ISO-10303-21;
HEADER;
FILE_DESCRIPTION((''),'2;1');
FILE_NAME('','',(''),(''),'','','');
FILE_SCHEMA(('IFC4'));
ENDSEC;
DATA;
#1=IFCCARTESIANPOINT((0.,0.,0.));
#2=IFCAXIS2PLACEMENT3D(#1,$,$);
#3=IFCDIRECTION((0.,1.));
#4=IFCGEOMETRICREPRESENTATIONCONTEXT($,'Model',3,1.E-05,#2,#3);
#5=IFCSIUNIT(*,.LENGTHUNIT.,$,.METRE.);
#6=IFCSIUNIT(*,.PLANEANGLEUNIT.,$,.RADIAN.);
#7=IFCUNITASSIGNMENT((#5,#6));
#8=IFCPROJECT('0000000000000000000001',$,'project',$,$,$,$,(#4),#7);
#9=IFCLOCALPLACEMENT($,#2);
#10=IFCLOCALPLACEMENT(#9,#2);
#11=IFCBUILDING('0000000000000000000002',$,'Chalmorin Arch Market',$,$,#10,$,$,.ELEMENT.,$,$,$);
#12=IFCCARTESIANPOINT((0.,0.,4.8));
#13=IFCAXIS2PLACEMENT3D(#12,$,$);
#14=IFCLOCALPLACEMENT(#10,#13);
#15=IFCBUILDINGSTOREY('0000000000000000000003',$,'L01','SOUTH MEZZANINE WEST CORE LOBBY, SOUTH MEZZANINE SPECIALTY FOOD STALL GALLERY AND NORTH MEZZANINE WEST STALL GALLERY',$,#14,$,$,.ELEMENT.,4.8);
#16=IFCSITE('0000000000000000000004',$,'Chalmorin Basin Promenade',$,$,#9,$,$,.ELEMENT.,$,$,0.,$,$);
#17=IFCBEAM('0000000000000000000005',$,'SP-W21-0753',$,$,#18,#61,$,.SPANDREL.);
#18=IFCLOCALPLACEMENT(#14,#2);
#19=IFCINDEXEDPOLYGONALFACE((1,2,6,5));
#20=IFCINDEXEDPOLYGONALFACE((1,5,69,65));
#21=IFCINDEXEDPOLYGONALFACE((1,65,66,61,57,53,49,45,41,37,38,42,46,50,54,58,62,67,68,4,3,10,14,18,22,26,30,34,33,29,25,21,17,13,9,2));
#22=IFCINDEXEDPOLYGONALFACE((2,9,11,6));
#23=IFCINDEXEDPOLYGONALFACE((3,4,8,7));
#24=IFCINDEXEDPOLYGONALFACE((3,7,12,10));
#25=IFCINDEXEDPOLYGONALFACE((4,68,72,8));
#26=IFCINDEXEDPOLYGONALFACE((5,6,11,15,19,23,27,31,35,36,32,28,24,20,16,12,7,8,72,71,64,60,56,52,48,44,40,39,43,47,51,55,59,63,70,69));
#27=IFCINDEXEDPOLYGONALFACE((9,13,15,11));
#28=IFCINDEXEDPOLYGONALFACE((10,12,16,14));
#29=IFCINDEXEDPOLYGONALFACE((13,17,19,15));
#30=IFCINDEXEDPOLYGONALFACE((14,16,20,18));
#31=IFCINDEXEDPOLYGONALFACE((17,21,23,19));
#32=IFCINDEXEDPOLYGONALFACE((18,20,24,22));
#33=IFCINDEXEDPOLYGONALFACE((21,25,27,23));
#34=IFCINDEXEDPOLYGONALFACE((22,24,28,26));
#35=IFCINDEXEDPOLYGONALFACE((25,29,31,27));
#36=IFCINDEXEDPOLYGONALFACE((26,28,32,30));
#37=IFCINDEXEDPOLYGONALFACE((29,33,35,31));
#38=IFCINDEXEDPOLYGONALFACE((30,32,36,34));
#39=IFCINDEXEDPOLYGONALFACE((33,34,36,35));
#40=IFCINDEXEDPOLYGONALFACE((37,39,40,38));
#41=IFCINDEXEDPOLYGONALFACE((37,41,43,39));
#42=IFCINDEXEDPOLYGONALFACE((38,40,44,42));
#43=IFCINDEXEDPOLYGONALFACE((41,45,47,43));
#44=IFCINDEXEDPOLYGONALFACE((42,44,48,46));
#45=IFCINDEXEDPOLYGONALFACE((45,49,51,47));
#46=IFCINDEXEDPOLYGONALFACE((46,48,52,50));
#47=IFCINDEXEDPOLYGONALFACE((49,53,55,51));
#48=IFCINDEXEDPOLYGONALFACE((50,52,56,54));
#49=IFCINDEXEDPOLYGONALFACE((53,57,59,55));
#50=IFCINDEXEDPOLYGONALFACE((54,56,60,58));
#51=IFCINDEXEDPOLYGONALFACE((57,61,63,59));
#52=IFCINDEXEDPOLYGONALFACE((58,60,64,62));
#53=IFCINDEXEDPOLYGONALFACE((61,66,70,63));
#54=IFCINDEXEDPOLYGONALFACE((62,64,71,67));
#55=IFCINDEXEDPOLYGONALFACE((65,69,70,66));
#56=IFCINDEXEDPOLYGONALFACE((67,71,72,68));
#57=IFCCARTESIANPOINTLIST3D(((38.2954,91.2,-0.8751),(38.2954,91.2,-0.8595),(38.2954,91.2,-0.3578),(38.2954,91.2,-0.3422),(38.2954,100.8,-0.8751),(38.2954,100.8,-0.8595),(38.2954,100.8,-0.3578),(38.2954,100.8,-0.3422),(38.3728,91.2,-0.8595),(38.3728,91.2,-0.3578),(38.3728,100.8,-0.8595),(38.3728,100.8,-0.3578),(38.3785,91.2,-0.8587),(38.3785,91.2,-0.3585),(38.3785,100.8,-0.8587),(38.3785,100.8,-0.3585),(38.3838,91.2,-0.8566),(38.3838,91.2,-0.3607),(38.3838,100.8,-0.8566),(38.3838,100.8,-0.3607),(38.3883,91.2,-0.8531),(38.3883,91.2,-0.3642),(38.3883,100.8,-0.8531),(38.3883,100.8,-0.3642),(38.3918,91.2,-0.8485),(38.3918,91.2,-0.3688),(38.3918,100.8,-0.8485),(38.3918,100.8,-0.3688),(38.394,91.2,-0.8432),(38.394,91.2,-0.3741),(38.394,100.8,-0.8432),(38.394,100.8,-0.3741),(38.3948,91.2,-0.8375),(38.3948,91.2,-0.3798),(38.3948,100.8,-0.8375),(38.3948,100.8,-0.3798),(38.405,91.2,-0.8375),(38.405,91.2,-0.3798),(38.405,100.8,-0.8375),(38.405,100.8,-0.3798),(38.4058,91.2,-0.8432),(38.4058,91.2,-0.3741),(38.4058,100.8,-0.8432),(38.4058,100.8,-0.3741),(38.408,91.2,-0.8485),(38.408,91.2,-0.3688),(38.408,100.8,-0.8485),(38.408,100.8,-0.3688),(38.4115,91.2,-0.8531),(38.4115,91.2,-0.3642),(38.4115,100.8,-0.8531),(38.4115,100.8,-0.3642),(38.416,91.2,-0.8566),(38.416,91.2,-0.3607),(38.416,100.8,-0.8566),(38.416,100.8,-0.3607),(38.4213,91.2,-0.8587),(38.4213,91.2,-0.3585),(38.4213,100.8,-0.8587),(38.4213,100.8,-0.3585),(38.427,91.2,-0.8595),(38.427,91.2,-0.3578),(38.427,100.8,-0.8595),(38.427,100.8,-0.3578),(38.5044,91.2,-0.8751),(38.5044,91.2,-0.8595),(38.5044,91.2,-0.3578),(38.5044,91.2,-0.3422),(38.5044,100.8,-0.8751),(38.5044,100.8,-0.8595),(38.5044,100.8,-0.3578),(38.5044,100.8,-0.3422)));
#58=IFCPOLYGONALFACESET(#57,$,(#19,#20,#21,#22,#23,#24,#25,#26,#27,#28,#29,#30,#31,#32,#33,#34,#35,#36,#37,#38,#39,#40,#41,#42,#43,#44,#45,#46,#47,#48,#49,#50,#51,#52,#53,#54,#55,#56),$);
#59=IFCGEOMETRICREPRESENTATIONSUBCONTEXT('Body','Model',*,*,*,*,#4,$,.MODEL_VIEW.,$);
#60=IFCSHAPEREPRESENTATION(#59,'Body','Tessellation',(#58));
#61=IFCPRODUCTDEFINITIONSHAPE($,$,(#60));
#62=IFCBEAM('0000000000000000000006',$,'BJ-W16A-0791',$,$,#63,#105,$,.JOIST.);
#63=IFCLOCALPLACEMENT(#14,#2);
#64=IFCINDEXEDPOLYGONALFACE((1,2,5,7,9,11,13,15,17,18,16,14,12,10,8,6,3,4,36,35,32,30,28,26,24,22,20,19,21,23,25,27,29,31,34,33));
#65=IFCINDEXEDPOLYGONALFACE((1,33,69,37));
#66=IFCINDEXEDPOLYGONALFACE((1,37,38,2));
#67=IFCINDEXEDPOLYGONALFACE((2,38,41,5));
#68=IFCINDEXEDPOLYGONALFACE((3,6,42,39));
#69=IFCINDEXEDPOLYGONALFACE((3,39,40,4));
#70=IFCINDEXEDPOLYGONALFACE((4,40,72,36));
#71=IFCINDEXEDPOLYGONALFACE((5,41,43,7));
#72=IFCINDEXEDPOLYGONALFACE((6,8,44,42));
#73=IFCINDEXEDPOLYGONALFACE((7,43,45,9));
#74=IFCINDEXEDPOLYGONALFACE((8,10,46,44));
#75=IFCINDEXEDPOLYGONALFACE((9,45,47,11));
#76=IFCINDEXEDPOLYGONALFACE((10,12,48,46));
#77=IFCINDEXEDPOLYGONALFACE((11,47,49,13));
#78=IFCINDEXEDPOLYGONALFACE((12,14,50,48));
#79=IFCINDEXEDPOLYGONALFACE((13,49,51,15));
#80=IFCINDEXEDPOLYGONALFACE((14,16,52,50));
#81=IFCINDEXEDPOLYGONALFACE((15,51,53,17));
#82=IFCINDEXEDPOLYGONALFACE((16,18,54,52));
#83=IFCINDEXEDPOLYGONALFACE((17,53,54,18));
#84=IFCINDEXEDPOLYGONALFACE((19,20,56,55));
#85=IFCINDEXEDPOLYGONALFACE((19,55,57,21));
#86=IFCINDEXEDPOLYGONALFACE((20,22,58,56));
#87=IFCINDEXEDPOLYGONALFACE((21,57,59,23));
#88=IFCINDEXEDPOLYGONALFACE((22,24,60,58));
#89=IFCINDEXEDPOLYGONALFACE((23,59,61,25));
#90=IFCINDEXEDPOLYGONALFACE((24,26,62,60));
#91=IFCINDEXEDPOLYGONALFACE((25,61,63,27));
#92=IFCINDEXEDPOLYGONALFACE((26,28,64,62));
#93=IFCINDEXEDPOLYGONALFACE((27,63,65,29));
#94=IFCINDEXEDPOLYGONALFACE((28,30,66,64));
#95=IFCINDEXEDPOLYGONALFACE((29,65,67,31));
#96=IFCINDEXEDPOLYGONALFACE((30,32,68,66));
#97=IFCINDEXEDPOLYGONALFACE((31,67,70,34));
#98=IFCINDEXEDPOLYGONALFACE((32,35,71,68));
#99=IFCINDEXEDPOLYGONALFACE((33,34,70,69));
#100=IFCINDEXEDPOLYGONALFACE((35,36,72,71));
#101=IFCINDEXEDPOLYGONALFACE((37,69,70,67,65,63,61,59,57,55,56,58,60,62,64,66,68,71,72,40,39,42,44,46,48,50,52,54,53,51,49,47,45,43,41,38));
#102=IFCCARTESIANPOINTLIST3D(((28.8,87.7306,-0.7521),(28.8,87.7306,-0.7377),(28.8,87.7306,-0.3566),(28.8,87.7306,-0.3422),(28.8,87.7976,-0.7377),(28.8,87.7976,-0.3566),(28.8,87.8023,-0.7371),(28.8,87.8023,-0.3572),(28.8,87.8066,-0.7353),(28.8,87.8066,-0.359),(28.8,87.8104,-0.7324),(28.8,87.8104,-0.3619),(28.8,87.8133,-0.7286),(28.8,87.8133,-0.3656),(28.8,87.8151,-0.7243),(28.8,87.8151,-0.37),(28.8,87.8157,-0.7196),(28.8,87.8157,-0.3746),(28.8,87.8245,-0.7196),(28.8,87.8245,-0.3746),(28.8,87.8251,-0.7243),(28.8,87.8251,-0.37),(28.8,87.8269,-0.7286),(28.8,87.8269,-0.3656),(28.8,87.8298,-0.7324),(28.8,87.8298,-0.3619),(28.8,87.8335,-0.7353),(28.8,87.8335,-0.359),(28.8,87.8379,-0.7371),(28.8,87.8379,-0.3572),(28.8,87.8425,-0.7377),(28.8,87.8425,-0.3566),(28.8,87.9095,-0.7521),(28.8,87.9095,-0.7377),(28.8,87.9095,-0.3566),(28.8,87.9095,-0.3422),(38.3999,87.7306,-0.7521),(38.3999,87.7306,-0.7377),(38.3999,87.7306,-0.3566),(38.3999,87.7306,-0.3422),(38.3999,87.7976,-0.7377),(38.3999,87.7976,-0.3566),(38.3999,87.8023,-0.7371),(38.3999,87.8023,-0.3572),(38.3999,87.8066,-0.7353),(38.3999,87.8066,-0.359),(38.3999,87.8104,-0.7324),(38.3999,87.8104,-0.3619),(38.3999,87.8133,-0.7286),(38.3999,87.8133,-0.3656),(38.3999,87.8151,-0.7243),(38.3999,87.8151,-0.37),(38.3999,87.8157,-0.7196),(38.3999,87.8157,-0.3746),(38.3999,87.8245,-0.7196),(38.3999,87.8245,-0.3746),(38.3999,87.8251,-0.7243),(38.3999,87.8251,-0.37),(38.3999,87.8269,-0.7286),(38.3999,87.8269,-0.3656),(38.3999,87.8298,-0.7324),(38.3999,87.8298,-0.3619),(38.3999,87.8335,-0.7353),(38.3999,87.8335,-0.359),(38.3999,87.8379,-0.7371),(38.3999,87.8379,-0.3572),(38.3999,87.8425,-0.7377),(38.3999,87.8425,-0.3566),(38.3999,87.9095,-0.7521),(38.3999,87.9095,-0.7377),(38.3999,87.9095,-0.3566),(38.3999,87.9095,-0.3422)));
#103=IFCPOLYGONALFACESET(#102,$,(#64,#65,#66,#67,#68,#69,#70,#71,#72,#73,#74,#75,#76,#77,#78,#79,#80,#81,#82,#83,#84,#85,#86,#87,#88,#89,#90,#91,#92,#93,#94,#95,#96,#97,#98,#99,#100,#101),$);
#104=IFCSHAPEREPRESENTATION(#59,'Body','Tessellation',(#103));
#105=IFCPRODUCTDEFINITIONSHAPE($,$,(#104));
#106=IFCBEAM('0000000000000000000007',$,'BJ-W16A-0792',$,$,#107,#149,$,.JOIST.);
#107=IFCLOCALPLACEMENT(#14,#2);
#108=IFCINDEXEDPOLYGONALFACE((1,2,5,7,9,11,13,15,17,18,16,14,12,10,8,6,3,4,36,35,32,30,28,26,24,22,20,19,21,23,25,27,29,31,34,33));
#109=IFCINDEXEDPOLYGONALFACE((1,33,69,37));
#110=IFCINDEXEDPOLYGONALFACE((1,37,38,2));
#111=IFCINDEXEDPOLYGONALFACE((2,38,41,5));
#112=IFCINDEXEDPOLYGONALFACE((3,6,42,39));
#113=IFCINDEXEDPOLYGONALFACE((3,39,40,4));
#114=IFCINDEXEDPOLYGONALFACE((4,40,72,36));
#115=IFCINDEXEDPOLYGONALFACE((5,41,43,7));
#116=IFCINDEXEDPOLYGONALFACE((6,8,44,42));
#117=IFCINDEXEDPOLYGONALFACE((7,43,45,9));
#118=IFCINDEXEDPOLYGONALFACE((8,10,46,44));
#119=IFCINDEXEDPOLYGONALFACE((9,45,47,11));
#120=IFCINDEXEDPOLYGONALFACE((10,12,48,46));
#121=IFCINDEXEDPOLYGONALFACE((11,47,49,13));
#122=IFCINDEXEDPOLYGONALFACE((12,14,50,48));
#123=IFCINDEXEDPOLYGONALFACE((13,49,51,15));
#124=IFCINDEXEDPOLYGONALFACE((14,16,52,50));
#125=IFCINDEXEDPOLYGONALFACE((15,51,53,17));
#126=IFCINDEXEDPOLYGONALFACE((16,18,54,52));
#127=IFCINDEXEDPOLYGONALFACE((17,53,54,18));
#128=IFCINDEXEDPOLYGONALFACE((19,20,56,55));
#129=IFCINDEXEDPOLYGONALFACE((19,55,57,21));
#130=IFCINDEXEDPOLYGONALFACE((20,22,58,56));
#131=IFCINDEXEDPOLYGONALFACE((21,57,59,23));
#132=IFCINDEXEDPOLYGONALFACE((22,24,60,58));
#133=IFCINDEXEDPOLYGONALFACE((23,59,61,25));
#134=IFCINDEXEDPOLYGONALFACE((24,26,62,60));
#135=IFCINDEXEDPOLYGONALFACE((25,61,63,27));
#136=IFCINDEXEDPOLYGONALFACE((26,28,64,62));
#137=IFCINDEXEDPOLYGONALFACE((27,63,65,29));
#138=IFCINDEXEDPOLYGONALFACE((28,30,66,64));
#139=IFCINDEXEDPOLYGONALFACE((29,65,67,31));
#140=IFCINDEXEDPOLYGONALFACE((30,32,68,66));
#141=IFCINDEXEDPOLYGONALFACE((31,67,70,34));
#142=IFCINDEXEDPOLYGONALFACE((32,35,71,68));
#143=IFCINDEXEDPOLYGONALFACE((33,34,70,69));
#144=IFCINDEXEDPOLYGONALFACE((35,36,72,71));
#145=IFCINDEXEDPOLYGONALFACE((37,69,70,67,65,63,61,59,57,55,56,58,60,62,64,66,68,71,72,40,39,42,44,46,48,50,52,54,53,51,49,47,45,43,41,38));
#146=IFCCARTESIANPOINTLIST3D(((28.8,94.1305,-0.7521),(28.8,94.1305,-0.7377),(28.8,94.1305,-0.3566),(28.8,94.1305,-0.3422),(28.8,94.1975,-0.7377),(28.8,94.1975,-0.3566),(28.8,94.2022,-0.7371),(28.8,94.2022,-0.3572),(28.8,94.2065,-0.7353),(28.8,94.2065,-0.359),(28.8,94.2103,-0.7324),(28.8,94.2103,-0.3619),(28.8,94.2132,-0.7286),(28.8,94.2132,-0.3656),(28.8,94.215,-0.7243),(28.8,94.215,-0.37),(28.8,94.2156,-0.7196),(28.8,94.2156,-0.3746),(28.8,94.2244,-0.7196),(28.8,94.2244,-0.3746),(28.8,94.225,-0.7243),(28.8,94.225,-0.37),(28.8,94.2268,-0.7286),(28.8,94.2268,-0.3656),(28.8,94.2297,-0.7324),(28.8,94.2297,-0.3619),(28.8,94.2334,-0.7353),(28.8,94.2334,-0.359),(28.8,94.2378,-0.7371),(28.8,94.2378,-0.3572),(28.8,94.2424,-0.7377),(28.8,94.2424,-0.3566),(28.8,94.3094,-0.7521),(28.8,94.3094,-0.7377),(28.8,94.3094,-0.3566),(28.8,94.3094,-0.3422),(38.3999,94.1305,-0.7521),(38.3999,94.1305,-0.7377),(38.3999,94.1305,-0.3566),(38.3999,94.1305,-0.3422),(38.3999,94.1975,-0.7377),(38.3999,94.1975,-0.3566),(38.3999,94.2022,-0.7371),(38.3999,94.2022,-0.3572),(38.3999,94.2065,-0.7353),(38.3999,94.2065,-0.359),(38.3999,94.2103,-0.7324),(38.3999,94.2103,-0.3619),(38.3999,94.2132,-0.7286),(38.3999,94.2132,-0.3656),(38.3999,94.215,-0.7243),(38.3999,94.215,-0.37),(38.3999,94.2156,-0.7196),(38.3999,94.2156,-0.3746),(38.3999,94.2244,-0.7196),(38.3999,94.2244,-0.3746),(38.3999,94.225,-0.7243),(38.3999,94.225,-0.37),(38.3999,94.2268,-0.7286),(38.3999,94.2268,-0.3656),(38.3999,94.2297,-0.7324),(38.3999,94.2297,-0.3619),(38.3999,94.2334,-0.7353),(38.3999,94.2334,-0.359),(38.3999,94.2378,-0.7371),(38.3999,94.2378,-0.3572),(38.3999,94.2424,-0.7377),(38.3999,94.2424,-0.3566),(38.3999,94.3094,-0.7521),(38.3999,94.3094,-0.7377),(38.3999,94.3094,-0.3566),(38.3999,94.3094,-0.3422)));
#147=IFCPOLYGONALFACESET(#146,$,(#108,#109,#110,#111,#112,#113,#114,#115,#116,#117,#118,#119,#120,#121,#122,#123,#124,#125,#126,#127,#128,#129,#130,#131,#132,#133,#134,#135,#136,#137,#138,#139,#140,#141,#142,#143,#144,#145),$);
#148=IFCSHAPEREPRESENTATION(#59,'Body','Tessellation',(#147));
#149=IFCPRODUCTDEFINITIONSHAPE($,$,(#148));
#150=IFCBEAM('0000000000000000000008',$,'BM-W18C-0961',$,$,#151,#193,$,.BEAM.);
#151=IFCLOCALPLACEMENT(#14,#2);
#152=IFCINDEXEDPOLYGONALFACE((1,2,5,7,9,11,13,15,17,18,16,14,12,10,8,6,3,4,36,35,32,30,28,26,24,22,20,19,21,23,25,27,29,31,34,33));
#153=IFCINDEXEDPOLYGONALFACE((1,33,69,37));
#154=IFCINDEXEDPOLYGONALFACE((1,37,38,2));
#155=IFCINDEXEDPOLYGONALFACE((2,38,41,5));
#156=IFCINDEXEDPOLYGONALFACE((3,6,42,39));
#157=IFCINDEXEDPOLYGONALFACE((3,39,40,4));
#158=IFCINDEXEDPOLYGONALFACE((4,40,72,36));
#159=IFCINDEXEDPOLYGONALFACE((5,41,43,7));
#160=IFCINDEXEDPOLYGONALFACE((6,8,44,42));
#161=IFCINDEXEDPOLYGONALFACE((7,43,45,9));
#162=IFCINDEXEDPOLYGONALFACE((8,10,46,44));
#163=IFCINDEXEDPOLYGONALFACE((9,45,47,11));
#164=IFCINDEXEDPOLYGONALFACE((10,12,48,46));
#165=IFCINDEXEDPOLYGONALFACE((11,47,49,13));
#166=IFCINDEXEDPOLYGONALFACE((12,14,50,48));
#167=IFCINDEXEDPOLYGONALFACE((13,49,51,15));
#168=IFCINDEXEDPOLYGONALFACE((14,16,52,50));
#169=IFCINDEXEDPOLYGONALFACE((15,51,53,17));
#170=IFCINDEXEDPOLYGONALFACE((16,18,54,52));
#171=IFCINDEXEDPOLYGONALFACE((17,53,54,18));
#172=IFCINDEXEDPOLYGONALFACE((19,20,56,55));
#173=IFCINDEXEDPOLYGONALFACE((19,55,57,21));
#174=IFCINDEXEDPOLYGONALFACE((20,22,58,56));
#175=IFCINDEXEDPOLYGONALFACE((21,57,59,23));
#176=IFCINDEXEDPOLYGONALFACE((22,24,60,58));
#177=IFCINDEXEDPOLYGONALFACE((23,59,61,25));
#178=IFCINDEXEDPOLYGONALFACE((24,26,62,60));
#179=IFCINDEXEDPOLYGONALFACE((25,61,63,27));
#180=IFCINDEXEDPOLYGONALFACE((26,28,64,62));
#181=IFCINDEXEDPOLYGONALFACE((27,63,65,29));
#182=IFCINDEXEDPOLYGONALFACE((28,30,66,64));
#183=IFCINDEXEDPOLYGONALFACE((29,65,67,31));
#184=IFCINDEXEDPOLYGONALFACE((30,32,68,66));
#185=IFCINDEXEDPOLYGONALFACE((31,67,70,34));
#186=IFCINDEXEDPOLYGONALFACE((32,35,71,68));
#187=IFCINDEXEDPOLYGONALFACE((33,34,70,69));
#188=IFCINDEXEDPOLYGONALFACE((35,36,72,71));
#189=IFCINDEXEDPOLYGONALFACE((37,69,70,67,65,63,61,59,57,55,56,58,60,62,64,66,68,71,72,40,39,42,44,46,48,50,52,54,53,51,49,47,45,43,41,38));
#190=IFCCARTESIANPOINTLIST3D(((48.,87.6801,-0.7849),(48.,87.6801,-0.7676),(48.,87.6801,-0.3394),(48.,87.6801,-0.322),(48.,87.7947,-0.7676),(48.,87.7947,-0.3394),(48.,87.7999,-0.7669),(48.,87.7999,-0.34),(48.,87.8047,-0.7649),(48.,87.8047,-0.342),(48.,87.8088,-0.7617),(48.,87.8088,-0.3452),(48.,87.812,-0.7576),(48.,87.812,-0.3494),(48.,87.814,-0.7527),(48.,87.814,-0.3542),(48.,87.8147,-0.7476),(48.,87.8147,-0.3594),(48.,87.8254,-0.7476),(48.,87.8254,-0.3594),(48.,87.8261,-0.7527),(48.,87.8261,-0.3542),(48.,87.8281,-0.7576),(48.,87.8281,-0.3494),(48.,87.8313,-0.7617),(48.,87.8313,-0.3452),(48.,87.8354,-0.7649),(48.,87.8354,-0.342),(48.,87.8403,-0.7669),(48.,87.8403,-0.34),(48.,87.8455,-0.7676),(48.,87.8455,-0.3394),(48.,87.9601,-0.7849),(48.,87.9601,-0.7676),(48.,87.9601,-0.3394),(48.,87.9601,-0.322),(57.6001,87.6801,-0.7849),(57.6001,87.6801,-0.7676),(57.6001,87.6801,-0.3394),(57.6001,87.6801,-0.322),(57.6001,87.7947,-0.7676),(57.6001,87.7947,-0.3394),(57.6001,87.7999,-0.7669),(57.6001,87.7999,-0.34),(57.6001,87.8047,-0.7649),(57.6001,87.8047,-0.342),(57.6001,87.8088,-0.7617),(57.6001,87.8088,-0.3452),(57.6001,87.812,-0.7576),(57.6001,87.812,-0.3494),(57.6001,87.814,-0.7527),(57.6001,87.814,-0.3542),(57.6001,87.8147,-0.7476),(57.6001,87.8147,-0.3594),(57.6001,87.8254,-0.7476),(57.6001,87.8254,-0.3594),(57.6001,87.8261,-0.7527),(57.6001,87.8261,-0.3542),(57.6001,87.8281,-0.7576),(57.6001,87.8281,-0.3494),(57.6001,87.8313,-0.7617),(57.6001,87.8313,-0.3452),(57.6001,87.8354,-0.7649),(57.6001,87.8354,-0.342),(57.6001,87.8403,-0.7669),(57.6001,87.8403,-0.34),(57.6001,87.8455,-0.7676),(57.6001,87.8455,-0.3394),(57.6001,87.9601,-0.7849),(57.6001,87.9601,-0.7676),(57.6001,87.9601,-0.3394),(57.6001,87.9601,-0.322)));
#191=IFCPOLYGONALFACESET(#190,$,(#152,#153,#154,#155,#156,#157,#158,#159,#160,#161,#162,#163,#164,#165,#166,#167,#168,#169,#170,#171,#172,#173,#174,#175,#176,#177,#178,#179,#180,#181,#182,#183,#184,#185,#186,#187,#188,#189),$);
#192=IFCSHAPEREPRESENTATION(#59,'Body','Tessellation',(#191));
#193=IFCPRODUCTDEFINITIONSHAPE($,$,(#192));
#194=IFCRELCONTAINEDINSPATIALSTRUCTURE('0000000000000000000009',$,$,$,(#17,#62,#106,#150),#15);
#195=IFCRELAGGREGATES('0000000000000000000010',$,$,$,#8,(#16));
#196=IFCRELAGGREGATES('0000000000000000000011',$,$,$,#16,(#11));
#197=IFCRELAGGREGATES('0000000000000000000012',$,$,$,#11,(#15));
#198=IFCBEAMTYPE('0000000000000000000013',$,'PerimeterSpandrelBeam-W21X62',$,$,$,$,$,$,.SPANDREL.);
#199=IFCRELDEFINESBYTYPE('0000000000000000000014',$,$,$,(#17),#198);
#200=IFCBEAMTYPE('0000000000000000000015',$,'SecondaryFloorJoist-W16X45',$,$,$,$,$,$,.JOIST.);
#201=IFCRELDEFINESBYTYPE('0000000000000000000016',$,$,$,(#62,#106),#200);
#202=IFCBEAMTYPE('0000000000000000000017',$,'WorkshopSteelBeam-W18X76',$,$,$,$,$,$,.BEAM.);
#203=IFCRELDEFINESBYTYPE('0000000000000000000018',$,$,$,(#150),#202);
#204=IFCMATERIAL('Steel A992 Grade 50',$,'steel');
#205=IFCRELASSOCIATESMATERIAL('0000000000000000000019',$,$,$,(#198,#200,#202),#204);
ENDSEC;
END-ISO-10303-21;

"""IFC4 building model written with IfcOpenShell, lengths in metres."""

from ifc_helpers import new_model, si_unit, direction, frame, origin, origin_2d, place, context, subcontext, project, spatial, i_section, extrude, material, material_profile, profile_set, type_object, element, save


model = new_model("IFC4")

# Units and contexts
model_context = context("Model", 3, precision=1e-05, world=origin(), true_north=direction((0.0, 1.0)))
body_context = subcontext(model_context, "Body", "Model", "MODEL_VIEW")
ifc_project = project(units=[si_unit("LENGTHUNIT", "METRE"), si_unit("PLANEANGLEUNIT", "RADIAN")], contexts=[model_context])

# Site, building, storey
site_placement = place(None, origin())
site = spatial("IfcSite", under=ifc_project, at=site_placement, Name="Chalmorin Basin Promenade", CompositionType="ELEMENT", RefElevation=0.0)
building_placement = place(site_placement, origin())
building = spatial("IfcBuilding", under=site, at=building_placement, Name="Chalmorin Arch Market", CompositionType="ELEMENT")
storey_placement = place(building_placement, frame((0.0, 0.0, 4.8)))
storey = spatial("IfcBuildingStorey", under=building, at=storey_placement, Name="L01", Description="SOUTH MEZZANINE WEST CORE LOBBY, SOUTH MEZZANINE SPECIALTY FOOD STALL GALLERY AND NORTH MEZZANINE WEST STALL GALLERY", CompositionType="ELEMENT", Elevation=4.8)

# Beams
ifc_material_1 = material(Name="Steel A992 Grade 50", Category="steel")
ifc_material_profile_1 = material_profile(ifc_material_1, i_section(OverallWidth=0.209, OverallDepth=0.533, WebThickness=0.0103, FlangeThickness=0.0156, FilletRadius=0.022, at=origin_2d()), Name="W21X62")
ifc_profile_set_1 = profile_set([ifc_material_profile_1], Name="Steel A992 Grade 50")
beam_type_1 = type_object("IfcBeamType", Name="PerimeterSpandrelBeam-W21X62", PredefinedType="SPANDREL", material=ifc_profile_set_1)
beam_1_placement = place(storey_placement, frame((38.3999, 91.2, -0.6086), z_axis=(0.0, 1.0, 0.0), x_axis=(-1.0, 0.0, 0.0)))
element("IfcBeam", 1, at=beam_1_placement, inside=storey, type_object=beam_type_1, Name="SP-W21-0753", PredefinedType="SPANDREL", context=body_context, shape_type="SweptSolid", body=[
    extrude(i_section(OverallWidth=0.209, OverallDepth=0.533, WebThickness=0.0103, FlangeThickness=0.0156, FilletRadius=0.022, at=origin_2d()), origin(), (0.0, 0.0, 1.0), 9.6001),
])
ifc_material_profile_2 = material_profile(ifc_material_1, i_section(OverallWidth=0.179, OverallDepth=0.4099, WebThickness=0.0088, FlangeThickness=0.0144, FilletRadius=0.0181, at=origin_2d()), Name="W16X45")
ifc_profile_set_2 = profile_set([ifc_material_profile_2], Name="Steel A992 Grade 50")
beam_type_2 = type_object("IfcBeamType", Name="SecondaryFloorJoist-W16X45", PredefinedType="JOIST", material=ifc_profile_set_2)
for number, where, z_axis, x_axis, name in (
    (2, (28.8, 87.8201, -0.5471), (1.0, 0.0, 0.0), (0.0, 1.0, 0.0), "BJ-W16A-0791"),
    (3, (28.8, 94.22, -0.5471), (1.0, 0.0, 0.0), (0.0, 1.0, 0.0), "BJ-W16A-0792"),
):
    element("IfcBeam", number, at=place(storey_placement, frame(where, z_axis=z_axis, x_axis=x_axis)), inside=storey, type_object=beam_type_2, Name=name, PredefinedType="JOIST", context=body_context, shape_type="SweptSolid", body=[
        extrude(i_section(OverallWidth=0.179, OverallDepth=0.4099, WebThickness=0.0088, FlangeThickness=0.0144, FilletRadius=0.0181, at=origin_2d()), origin(), (0.0, 0.0, 1.0), 9.5999),
    ])
ifc_material_profile_3 = material_profile(ifc_material_1, i_section(OverallWidth=0.28, OverallDepth=0.4629, WebThickness=0.0107, FlangeThickness=0.0173, FilletRadius=0.02, at=origin_2d()), Name="W18X76")
ifc_profile_set_3 = profile_set([ifc_material_profile_3], Name="Steel A992 Grade 50")
beam_type_3 = type_object("IfcBeamType", Name="WorkshopSteelBeam-W18X76", PredefinedType="BEAM", material=ifc_profile_set_3)
beam_2_placement = place(storey_placement, frame((48.0, 87.8201, -0.5535), z_axis=(1.0, 0.0, 0.0), x_axis=(0.0, 1.0, 0.0)))
element("IfcBeam", 4, at=beam_2_placement, inside=storey, type_object=beam_type_3, Name="BM-W18C-0961", PredefinedType="BEAM", context=body_context, shape_type="SweptSolid", body=[
    extrude(i_section(OverallWidth=0.28, OverallDepth=0.4629, WebThickness=0.0107, FlangeThickness=0.0173, FilletRadius=0.02, at=origin_2d()), origin(), (0.0, 0.0, 1.0), 9.6001),
])

save(model, "model.ifc")
